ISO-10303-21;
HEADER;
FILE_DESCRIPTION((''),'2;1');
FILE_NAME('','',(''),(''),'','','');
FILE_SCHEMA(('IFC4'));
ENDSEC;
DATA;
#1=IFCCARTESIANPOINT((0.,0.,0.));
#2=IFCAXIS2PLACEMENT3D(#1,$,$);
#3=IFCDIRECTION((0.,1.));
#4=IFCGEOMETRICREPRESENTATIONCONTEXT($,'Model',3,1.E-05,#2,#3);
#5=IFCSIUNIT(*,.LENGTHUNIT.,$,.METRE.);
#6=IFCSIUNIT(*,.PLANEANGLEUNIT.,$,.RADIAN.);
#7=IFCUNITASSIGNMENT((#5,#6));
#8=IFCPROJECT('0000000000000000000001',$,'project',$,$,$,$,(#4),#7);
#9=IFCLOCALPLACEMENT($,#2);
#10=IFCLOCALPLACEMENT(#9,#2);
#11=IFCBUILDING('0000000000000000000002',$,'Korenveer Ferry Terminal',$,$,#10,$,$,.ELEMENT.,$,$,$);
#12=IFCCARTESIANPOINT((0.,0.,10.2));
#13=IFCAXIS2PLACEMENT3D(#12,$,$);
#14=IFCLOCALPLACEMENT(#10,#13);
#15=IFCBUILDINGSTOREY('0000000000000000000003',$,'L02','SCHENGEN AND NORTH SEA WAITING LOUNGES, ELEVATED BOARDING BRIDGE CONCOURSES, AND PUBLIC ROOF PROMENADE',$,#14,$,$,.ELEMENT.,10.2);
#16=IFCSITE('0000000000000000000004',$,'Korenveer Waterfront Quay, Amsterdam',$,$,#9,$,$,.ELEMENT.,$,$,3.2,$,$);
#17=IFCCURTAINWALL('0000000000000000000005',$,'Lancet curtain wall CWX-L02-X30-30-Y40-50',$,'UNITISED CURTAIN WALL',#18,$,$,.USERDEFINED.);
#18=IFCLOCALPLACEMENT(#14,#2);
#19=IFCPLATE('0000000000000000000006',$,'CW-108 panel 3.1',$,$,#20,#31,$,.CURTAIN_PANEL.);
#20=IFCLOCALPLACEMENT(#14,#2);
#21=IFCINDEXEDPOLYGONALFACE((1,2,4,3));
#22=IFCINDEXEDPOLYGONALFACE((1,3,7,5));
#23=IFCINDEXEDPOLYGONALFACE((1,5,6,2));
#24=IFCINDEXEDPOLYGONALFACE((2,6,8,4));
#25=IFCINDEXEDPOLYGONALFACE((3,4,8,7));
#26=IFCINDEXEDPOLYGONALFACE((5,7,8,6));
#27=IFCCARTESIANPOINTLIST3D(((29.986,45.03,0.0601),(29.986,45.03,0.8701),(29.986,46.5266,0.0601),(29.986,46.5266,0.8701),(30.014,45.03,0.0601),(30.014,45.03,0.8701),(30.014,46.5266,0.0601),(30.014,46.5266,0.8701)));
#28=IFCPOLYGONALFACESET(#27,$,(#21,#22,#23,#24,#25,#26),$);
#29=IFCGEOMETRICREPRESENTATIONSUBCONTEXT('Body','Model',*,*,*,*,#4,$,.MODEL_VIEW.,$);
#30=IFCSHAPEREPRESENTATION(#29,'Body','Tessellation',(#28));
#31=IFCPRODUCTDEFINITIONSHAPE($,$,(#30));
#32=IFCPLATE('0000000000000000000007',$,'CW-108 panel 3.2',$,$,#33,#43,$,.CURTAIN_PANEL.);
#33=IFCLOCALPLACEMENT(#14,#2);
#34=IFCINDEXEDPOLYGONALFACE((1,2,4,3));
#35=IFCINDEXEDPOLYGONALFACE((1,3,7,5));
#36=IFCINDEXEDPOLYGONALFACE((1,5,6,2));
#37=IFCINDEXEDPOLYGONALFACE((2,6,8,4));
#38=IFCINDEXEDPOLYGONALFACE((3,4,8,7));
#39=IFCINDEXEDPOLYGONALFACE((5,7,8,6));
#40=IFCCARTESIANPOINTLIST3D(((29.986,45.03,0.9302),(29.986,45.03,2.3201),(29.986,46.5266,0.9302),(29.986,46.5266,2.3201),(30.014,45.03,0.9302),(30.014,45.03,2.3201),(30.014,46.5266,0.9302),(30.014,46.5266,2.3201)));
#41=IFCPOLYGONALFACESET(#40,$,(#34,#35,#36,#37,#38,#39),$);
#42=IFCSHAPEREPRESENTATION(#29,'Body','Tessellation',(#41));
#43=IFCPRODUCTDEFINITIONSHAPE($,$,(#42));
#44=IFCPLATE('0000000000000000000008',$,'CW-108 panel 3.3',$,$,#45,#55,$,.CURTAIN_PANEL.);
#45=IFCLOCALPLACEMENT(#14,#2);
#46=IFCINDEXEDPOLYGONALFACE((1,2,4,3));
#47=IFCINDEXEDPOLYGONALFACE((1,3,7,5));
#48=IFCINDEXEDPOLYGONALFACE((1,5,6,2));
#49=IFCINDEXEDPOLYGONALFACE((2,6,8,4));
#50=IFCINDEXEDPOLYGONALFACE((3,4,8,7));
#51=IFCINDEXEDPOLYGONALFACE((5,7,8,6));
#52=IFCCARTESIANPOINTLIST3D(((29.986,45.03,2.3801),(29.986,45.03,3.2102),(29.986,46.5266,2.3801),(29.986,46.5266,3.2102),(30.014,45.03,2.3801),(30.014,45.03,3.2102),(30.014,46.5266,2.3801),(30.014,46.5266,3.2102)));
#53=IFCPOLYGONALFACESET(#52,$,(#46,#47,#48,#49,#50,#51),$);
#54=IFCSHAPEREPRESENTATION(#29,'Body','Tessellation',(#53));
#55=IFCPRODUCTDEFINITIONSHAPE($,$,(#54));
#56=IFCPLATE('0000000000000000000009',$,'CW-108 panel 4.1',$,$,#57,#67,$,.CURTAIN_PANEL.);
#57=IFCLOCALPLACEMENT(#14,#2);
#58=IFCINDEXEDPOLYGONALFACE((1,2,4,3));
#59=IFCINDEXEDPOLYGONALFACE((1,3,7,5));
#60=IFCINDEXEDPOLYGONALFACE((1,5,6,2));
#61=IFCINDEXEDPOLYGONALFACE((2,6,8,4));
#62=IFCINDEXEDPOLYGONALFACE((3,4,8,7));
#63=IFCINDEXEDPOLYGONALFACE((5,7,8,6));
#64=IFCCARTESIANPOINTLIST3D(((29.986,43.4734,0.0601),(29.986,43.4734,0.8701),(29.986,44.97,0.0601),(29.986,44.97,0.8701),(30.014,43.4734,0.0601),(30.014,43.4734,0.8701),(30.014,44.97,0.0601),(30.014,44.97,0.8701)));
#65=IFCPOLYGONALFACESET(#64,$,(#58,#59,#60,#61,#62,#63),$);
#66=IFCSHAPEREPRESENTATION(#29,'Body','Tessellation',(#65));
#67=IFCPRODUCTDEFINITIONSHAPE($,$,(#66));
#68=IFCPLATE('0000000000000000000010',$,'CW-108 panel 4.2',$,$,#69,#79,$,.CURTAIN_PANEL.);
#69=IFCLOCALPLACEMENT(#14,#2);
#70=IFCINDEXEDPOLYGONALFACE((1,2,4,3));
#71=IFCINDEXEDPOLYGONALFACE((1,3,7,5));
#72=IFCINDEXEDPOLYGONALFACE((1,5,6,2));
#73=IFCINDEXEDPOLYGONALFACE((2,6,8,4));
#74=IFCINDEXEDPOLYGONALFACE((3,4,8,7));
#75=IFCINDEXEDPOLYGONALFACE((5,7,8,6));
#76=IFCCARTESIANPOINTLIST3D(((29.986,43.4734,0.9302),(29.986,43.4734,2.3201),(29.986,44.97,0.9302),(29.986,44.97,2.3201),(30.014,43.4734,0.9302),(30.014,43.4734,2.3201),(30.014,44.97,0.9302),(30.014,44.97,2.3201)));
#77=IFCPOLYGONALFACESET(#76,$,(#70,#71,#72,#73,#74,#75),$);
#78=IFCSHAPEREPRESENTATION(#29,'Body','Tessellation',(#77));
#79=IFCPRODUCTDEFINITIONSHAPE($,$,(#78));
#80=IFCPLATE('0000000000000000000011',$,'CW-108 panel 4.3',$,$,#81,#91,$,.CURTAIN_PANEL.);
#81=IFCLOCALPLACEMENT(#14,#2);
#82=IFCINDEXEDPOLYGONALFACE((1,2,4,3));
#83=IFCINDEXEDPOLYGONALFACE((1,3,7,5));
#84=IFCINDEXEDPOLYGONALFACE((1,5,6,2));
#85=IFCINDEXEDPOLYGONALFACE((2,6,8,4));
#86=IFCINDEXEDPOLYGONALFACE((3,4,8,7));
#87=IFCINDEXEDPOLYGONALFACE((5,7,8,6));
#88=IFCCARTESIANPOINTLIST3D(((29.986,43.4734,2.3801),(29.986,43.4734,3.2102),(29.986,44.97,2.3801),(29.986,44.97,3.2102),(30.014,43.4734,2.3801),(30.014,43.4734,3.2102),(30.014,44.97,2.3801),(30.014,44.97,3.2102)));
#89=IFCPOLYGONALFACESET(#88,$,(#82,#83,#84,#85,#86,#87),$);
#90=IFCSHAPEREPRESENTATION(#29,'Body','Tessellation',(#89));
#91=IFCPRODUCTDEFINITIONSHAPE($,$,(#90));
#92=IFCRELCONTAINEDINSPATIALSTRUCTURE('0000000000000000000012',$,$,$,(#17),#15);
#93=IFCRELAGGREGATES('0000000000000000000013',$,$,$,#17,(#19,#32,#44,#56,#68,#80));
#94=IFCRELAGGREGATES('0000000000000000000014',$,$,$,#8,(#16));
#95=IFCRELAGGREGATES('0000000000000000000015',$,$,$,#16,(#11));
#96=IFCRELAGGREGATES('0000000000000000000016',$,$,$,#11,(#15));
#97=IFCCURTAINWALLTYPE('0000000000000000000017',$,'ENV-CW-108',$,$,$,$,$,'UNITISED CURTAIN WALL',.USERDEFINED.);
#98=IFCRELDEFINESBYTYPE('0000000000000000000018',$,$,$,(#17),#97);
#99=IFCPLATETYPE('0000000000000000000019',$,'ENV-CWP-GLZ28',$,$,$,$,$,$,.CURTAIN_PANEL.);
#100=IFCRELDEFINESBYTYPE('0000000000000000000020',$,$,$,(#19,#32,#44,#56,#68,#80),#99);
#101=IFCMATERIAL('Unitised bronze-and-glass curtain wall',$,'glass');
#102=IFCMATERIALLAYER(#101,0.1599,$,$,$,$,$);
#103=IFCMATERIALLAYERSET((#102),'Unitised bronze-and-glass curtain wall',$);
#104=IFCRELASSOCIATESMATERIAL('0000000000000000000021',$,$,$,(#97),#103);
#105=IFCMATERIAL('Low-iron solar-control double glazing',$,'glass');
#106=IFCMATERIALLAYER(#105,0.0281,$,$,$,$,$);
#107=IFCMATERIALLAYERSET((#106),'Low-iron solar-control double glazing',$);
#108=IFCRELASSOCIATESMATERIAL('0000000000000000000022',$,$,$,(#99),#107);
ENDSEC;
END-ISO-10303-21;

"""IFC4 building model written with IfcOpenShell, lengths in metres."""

from ifc_helpers import new_model, si_unit, direction, frame, origin, origin_2d, place, context, subcontext, project, spatial, rectangle, extrude, material, layer, layer_set, type_object, element, aggregate, save


model = new_model("IFC4")

# Units and contexts
model_context = context("Model", 3, precision=1e-05, world=origin(), true_north=direction((0.0, 1.0)))
body_context = subcontext(model_context, "Body", "Model", "MODEL_VIEW")
ifc_project = project(units=[si_unit("LENGTHUNIT", "METRE"), si_unit("PLANEANGLEUNIT", "RADIAN")], contexts=[model_context])

# Site, building, storey
site_placement = place(None, origin())
site = spatial("IfcSite", under=ifc_project, at=site_placement, Name="Korenveer Waterfront Quay, Amsterdam", CompositionType="ELEMENT", RefElevation=3.2)
building_placement = place(site_placement, origin())
building = spatial("IfcBuilding", under=site, at=building_placement, Name="Korenveer Ferry Terminal", CompositionType="ELEMENT")
storey_placement = place(building_placement, frame((0.0, 0.0, 10.2)))
storey = spatial("IfcBuildingStorey", under=building, at=storey_placement, Name="L02", Description="SCHENGEN AND NORTH SEA WAITING LOUNGES, ELEVATED BOARDING BRIDGE CONCOURSES, AND PUBLIC ROOF PROMENADE", CompositionType="ELEMENT", Elevation=10.2)

# Curtain wall, plates
ifc_material_1 = material(Name="Unitised bronze-and-glass curtain wall", Category="glass")
ifc_layer_1 = layer(ifc_material_1, 0.1599)
ifc_layer_set_1 = layer_set([ifc_layer_1], Name="Unitised bronze-and-glass curtain wall")
curtain_wall_type = type_object("IfcCurtainWallType", Name="ENV-CW-108", ElementType="UNITISED CURTAIN WALL", PredefinedType="USERDEFINED", material=ifc_layer_set_1)
curtain_wall_placement = place(storey_placement, frame((30.0, 49.6699, 0.0)))
curtain_wall = element("IfcCurtainWall", 1, at=curtain_wall_placement, inside=storey, type_object=curtain_wall_type, Name="Lancet curtain wall CWX-L02-X30-30-Y40-50", ObjectType="UNITISED CURTAIN WALL", PredefinedType="USERDEFINED")
ifc_material_2 = material(Name="Low-iron solar-control double glazing", Category="glass")
ifc_layer_2 = layer(ifc_material_2, 0.0281)
ifc_layer_set_2 = layer_set([ifc_layer_2], Name="Low-iron solar-control double glazing")
plate_type = type_object("IfcPlateType", Name="ENV-CWP-GLZ28", PredefinedType="CURTAIN_PANEL", material=ifc_layer_set_2)
plate_1_placement = place(storey_placement, frame((30.0, 45.7783, 0.0601), z_axis=(0.0, 0.0, 1.0), x_axis=(0.0, -1.0, 0.0)))
plate_1 = element("IfcPlate", 2, at=plate_1_placement, type_object=plate_type, Name="CW-108 panel 3.1", PredefinedType="CURTAIN_PANEL", context=body_context, shape_type="SweptSolid", body=[
    extrude(rectangle(XDim=1.4966, YDim=0.0281, at=origin_2d()), origin(), (0.0, 0.0, 1.0), 0.8101),
])
plate_2_placement = place(storey_placement, frame((30.0, 45.7783, 0.9302), z_axis=(0.0, 0.0, 1.0), x_axis=(0.0, -1.0, 0.0)))
plate_2 = element("IfcPlate", 3, at=plate_2_placement, type_object=plate_type, Name="CW-108 panel 3.2", PredefinedType="CURTAIN_PANEL", context=body_context, shape_type="SweptSolid", body=[
    extrude(rectangle(XDim=1.4966, YDim=0.0281, at=origin_2d()), origin(), (0.0, 0.0, 1.0), 1.3899),
])
plate_3_placement = place(storey_placement, frame((30.0, 45.7783, 2.3801), z_axis=(0.0, 0.0, 1.0), x_axis=(0.0, -1.0, 0.0)))
plate_3 = element("IfcPlate", 4, at=plate_3_placement, type_object=plate_type, Name="CW-108 panel 3.3", PredefinedType="CURTAIN_PANEL", context=body_context, shape_type="SweptSolid", body=[
    extrude(rectangle(XDim=1.4966, YDim=0.0281, at=origin_2d()), origin(), (0.0, 0.0, 1.0), 0.8301),
])
plate_4_placement = place(storey_placement, frame((30.0, 44.2217, 0.0601), z_axis=(0.0, 0.0, 1.0), x_axis=(0.0, -1.0, 0.0)))
plate_4 = element("IfcPlate", 5, at=plate_4_placement, type_object=plate_type, Name="CW-108 panel 4.1", PredefinedType="CURTAIN_PANEL", context=body_context, shape_type="SweptSolid", body=[
    extrude(rectangle(XDim=1.4966, YDim=0.0281, at=origin_2d()), origin(), (0.0, 0.0, 1.0), 0.8101),
])
plate_5_placement = place(storey_placement, frame((30.0, 44.2217, 0.9302), z_axis=(0.0, 0.0, 1.0), x_axis=(0.0, -1.0, 0.0)))
plate_5 = element("IfcPlate", 6, at=plate_5_placement, type_object=plate_type, Name="CW-108 panel 4.2", PredefinedType="CURTAIN_PANEL", context=body_context, shape_type="SweptSolid", body=[
    extrude(rectangle(XDim=1.4966, YDim=0.0281, at=origin_2d()), origin(), (0.0, 0.0, 1.0), 1.3899),
])
plate_6_placement = place(storey_placement, frame((30.0, 44.2217, 2.3801), z_axis=(0.0, 0.0, 1.0), x_axis=(0.0, -1.0, 0.0)))
plate_6 = element("IfcPlate", 7, at=plate_6_placement, type_object=plate_type, Name="CW-108 panel 4.3", PredefinedType="CURTAIN_PANEL", context=body_context, shape_type="SweptSolid", body=[
    extrude(rectangle(XDim=1.4966, YDim=0.0281, at=origin_2d()), origin(), (0.0, 0.0, 1.0), 0.8301),
])
aggregate(curtain_wall, [plate_1, plate_2, plate_3, plate_4, plate_5, plate_6])

save(model, "model.ifc")
